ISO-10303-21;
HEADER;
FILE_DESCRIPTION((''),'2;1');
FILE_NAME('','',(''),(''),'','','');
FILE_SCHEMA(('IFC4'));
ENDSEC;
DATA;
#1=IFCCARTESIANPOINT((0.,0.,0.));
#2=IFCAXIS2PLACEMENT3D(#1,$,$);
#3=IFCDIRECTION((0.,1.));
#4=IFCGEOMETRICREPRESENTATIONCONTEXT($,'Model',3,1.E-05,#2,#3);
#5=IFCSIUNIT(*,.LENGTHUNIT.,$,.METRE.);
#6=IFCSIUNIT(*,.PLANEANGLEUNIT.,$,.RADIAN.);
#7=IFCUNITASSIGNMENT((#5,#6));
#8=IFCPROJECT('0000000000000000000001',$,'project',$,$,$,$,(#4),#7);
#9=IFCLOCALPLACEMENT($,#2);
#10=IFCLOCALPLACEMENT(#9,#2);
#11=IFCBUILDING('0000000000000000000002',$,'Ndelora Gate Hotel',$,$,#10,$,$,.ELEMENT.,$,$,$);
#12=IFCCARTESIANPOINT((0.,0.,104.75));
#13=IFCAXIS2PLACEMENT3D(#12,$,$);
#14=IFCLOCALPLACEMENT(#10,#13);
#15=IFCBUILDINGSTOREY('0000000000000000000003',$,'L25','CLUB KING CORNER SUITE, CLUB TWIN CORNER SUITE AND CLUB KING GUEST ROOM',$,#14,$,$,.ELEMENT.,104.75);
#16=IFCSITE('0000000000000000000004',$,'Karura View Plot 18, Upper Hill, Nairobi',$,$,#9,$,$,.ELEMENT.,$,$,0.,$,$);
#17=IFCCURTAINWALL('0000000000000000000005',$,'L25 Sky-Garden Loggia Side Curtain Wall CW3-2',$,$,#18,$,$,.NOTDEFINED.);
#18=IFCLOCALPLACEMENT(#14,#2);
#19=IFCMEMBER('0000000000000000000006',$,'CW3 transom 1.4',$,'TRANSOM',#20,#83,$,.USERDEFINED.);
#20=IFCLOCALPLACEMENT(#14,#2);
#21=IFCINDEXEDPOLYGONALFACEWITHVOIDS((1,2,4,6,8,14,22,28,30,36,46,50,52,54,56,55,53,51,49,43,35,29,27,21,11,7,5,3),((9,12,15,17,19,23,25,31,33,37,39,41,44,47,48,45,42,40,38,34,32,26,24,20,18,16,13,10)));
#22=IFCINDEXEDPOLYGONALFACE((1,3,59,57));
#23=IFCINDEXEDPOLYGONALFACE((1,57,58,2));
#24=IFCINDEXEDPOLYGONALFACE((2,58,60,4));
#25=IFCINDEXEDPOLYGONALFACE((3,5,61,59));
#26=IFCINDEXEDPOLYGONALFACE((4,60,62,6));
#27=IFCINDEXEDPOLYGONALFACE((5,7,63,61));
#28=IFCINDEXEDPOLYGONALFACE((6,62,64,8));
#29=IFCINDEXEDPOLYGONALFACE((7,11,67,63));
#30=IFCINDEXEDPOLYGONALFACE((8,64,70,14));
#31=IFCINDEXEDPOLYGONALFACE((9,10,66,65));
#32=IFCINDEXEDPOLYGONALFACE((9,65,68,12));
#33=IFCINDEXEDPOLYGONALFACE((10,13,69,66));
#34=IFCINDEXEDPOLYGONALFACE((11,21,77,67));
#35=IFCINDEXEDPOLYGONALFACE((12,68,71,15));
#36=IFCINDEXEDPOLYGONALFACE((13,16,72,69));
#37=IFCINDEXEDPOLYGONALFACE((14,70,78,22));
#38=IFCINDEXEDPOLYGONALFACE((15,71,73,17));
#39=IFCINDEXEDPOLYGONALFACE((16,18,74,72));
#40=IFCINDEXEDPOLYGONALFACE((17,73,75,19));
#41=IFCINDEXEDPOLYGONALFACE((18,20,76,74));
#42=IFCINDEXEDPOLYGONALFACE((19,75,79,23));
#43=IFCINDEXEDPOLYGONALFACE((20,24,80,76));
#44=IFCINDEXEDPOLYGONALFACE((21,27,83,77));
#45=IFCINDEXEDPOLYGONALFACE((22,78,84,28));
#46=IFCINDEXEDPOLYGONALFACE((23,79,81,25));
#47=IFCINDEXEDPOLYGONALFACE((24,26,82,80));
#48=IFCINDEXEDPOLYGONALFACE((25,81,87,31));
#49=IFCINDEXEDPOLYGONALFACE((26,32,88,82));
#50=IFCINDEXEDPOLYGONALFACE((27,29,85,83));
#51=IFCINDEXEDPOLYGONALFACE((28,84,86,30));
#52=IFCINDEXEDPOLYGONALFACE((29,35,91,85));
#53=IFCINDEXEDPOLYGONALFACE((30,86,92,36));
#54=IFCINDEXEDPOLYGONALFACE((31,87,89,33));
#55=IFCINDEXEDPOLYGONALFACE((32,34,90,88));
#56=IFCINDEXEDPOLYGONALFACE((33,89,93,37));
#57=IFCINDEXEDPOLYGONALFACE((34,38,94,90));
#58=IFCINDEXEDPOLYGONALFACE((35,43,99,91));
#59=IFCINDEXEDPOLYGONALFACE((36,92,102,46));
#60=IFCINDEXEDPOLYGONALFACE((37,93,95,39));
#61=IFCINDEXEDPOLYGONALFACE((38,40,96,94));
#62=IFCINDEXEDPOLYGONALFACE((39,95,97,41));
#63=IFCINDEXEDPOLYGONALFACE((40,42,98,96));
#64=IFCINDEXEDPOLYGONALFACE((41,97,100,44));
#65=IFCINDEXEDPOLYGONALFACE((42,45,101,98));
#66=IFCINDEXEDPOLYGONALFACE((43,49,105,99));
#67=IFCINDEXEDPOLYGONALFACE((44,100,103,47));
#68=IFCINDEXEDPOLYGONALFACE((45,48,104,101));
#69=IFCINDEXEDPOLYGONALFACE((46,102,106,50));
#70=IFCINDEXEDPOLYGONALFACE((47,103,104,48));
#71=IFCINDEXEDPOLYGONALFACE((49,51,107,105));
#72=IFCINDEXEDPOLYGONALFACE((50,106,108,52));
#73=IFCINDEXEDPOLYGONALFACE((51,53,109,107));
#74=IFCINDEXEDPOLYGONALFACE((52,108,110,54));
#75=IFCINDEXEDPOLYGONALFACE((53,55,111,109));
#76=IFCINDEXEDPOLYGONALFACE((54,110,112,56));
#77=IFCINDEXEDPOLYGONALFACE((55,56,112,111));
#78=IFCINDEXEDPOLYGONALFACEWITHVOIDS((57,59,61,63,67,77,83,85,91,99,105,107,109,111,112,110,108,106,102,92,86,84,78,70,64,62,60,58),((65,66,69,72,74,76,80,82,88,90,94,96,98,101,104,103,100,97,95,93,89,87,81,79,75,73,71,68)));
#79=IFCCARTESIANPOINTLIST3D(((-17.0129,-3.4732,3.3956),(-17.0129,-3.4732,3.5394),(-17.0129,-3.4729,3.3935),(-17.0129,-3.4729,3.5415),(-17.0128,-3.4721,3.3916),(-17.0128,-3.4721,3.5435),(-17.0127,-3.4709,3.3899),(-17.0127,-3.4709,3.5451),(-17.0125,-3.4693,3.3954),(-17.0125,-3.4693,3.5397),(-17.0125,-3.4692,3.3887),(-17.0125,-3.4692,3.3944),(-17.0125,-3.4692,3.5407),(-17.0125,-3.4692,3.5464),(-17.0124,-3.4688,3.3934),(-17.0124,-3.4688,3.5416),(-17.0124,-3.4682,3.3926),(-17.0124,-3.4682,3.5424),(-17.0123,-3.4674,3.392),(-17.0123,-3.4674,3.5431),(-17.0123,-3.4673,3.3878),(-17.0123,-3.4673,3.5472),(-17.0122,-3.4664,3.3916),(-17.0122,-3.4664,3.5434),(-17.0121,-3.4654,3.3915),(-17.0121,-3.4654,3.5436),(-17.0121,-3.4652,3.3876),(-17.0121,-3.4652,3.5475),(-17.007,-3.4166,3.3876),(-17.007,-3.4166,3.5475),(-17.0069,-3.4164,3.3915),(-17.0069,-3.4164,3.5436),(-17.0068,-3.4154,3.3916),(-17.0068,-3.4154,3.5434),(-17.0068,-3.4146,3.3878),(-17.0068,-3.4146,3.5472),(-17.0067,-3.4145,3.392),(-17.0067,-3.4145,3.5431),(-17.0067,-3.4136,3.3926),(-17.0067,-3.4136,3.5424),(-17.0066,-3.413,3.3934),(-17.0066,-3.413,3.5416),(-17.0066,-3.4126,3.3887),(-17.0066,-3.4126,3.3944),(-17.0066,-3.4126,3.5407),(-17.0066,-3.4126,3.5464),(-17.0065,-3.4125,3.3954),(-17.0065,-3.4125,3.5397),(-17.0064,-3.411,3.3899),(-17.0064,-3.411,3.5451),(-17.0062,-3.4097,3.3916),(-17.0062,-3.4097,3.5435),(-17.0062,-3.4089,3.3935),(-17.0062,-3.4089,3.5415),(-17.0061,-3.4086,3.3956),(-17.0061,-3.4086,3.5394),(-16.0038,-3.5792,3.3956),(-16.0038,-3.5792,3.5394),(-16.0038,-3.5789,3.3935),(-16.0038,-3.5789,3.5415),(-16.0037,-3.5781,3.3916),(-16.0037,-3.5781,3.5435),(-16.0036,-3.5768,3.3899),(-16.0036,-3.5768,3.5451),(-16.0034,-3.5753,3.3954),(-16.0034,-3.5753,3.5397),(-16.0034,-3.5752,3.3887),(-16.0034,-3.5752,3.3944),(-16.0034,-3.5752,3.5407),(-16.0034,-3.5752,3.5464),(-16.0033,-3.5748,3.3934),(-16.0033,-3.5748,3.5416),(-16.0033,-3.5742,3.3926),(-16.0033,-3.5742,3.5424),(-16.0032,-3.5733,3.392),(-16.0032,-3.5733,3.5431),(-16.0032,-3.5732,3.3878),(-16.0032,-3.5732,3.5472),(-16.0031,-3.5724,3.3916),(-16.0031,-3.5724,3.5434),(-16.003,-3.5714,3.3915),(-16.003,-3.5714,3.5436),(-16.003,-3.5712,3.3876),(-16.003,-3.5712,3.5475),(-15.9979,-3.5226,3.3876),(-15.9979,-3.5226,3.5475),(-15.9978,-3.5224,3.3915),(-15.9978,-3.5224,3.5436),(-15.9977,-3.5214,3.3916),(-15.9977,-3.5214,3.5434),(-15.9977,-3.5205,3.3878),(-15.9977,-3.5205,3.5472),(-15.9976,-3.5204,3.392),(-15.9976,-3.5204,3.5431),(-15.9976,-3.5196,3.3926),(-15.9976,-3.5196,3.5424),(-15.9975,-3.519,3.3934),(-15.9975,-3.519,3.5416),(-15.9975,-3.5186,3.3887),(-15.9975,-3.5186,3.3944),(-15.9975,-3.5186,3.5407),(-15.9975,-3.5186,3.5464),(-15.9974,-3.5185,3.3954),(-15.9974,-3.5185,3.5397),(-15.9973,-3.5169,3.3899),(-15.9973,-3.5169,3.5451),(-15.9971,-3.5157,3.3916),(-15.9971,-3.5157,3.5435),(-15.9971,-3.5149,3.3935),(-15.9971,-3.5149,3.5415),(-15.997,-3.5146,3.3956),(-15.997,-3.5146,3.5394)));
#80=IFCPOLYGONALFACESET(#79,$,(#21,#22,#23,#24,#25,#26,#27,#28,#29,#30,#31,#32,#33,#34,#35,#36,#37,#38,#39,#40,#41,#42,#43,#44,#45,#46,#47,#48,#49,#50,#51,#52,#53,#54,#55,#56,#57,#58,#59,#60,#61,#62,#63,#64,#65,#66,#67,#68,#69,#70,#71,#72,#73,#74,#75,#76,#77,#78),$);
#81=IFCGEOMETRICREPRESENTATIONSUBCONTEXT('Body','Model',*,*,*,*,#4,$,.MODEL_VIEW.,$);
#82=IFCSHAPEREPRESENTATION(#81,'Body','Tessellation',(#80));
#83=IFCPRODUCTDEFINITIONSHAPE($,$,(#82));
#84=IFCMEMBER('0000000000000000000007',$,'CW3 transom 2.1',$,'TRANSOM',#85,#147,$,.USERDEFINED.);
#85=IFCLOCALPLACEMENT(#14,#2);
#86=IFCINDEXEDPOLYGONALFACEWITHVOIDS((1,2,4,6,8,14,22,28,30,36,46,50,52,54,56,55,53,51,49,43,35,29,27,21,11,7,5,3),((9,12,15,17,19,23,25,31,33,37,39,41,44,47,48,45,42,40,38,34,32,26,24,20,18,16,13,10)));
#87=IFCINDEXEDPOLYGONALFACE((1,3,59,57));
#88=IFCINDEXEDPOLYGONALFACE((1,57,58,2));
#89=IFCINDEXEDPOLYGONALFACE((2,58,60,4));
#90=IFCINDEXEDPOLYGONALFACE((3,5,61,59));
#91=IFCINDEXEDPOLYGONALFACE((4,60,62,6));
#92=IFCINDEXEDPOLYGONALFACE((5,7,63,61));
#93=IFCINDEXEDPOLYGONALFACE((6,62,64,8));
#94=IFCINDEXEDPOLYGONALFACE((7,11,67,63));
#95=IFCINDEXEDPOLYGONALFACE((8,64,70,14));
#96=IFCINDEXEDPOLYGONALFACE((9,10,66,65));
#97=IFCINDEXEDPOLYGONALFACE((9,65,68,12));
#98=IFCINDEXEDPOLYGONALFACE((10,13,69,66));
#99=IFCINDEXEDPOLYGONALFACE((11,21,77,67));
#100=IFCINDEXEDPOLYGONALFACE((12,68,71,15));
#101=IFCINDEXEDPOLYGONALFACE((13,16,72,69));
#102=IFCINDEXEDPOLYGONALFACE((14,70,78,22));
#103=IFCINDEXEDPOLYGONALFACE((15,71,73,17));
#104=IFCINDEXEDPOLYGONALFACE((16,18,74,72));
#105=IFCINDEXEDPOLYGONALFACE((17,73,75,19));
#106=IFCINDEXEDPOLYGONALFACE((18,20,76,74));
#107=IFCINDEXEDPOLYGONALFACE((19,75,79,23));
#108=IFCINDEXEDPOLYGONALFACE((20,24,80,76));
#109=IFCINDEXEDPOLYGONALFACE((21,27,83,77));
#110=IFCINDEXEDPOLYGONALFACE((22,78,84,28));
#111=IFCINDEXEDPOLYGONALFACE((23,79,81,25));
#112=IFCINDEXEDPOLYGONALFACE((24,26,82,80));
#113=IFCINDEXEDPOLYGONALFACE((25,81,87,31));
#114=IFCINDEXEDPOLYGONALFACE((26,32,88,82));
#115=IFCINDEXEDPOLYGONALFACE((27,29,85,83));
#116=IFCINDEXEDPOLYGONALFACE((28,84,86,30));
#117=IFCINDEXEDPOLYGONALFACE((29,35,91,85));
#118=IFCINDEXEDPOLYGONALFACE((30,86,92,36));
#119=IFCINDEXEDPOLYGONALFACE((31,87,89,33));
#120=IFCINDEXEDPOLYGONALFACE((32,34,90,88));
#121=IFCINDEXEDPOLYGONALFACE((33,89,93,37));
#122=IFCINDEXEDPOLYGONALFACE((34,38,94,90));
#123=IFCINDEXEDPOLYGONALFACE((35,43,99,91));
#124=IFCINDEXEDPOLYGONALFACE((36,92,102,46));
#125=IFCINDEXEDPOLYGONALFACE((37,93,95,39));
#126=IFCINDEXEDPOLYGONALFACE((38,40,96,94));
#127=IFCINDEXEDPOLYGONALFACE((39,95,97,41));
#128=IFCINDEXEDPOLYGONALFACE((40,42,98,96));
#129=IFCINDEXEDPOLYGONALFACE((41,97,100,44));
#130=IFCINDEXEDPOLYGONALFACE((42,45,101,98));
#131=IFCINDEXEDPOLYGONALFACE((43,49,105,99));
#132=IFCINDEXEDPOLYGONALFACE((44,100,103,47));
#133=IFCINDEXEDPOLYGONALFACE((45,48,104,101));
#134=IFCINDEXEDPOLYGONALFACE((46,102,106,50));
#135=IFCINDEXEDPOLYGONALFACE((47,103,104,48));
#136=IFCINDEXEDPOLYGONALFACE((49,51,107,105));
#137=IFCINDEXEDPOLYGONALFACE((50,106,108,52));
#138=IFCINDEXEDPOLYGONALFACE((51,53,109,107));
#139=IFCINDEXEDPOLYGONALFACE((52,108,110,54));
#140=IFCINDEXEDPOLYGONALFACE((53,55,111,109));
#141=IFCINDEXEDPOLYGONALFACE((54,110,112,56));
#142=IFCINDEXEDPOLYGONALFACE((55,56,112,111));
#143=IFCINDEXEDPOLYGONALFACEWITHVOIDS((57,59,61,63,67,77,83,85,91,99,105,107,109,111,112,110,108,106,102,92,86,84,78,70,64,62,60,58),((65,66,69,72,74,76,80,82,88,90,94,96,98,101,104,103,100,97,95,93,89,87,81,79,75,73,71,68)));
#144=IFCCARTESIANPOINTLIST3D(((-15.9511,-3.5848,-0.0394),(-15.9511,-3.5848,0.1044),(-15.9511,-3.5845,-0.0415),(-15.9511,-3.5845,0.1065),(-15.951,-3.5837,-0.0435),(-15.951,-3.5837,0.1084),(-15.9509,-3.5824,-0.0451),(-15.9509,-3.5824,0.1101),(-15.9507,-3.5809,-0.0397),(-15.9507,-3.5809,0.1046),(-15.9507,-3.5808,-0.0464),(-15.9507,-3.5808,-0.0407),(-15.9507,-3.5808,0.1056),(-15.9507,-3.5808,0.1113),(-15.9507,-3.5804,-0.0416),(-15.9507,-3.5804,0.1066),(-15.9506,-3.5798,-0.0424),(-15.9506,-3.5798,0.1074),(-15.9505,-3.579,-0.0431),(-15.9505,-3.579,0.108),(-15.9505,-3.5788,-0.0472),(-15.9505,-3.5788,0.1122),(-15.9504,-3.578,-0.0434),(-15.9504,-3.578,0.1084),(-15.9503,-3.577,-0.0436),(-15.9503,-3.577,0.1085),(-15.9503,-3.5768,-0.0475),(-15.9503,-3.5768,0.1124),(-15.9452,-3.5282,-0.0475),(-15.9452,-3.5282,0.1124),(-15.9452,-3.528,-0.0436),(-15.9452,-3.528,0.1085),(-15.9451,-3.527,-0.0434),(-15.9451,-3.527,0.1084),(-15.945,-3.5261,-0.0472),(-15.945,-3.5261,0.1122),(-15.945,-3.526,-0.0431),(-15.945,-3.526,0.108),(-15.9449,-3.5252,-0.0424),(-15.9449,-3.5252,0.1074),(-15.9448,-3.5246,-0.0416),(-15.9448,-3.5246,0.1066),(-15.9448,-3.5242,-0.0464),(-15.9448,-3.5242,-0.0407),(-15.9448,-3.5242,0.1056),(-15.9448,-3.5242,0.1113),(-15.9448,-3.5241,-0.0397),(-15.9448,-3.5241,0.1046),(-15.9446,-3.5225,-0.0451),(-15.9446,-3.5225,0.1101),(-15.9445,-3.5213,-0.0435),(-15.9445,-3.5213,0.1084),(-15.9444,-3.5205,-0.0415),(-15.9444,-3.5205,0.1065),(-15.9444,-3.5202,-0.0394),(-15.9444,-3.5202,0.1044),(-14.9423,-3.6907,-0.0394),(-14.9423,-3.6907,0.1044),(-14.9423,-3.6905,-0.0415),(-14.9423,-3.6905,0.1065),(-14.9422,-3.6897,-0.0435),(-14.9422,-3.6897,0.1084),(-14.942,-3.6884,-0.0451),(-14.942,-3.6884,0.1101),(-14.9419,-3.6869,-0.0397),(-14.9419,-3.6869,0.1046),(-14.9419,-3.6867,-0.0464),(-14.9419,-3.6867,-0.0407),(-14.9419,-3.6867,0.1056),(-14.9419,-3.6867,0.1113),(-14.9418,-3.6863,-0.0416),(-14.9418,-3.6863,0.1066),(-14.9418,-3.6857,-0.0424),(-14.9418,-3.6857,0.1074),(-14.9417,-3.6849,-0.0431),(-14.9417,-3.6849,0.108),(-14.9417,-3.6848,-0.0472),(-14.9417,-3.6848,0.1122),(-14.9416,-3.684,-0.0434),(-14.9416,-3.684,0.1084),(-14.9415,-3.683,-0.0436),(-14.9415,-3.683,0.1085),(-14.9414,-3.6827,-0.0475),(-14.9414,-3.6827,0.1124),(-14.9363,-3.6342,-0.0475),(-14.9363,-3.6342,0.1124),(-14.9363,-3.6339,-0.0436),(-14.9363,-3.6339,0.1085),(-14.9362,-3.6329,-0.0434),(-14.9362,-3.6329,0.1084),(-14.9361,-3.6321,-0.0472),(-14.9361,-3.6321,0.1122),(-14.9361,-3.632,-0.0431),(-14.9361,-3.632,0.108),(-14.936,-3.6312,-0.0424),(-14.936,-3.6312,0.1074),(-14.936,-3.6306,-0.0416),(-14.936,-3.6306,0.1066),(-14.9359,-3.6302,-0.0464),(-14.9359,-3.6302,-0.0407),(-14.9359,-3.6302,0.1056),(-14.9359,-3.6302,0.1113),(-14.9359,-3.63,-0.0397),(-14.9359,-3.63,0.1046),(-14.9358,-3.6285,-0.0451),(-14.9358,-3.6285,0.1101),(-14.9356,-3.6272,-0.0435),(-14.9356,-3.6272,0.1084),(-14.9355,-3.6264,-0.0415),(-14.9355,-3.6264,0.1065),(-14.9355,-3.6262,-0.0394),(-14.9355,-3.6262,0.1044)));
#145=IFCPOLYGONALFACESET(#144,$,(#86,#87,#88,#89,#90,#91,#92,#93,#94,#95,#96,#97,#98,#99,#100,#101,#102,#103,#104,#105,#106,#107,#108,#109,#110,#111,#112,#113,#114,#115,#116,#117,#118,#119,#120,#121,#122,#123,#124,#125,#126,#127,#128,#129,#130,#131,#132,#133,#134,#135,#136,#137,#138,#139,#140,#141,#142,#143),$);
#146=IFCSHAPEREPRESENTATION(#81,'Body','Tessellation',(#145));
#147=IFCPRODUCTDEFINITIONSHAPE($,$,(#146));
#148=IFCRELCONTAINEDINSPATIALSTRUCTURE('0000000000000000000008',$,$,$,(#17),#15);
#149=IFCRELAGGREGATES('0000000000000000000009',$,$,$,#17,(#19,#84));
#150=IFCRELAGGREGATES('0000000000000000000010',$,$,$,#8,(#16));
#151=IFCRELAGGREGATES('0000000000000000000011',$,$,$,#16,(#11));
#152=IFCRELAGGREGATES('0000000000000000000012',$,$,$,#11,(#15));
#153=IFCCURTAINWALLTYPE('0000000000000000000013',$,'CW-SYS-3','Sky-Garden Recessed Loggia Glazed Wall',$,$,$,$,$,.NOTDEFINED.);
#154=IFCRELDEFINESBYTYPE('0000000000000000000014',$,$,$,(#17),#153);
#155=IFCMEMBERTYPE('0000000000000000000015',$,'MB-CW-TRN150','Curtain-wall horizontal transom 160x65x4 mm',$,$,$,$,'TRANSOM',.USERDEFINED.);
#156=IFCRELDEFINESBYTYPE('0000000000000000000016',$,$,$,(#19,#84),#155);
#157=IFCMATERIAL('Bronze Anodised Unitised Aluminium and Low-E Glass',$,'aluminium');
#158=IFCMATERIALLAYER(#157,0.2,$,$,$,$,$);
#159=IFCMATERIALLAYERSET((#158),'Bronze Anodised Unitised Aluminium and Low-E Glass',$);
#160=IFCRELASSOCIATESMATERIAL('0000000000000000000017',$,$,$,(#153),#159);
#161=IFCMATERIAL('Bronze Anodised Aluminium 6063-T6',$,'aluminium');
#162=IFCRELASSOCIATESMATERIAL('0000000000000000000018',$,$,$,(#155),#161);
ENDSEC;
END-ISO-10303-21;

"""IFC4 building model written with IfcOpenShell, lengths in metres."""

from ifc_helpers import new_model, si_unit, direction, frame, origin, origin_2d, place, context, subcontext, project, spatial, hollow_rectangle, extrude, material, layer, layer_set, material_profile, profile_set, type_object, element, aggregate, save


model = new_model("IFC4")

# Units and contexts
model_context = context("Model", 3, precision=1e-05, world=origin(), true_north=direction((0.0, 1.0)))
body_context = subcontext(model_context, "Body", "Model", "MODEL_VIEW")
ifc_project = project(units=[si_unit("LENGTHUNIT", "METRE"), si_unit("PLANEANGLEUNIT", "RADIAN")], contexts=[model_context])

# Site, building, storey
site_placement = place(None, origin())
site = spatial("IfcSite", under=ifc_project, at=site_placement, Name="Karura View Plot 18, Upper Hill, Nairobi", CompositionType="ELEMENT", RefElevation=0.0)
building_placement = place(site_placement, origin())
building = spatial("IfcBuilding", under=site, at=building_placement, Name="Ndelora Gate Hotel", CompositionType="ELEMENT")
storey_placement = place(building_placement, frame((0.0, 0.0, 104.75)))
storey = spatial("IfcBuildingStorey", under=building, at=storey_placement, Name="L25", Description="CLUB KING CORNER SUITE, CLUB TWIN CORNER SUITE AND CLUB KING GUEST ROOM", CompositionType="ELEMENT", Elevation=104.75)

# Curtain wall, members
ifc_material_1 = material(Name="Bronze Anodised Unitised Aluminium and Low-E Glass", Category="aluminium")
ifc_layer_1 = layer(ifc_material_1, 0.2)
ifc_layer_set_1 = layer_set([ifc_layer_1], Name="Bronze Anodised Unitised Aluminium and Low-E Glass")
curtain_wall_type = type_object("IfcCurtainWallType", Name="CW-SYS-3", Description="Sky-Garden Recessed Loggia Glazed Wall", PredefinedType="NOTDEFINED", material=ifc_layer_set_1)
curtain_wall_placement = place(storey_placement, origin())
curtain_wall = element("IfcCurtainWall", 1, at=curtain_wall_placement, inside=storey, type_object=curtain_wall_type, Name="L25 Sky-Garden Loggia Side Curtain Wall CW3-2", PredefinedType="NOTDEFINED")
ifc_material_2 = material(Name="Bronze Anodised Aluminium 6063-T6", Category="aluminium")
ifc_material_profile_1 = material_profile(ifc_material_2, hollow_rectangle(XDim=0.0649, YDim=0.1599, WallThickness=0.0039, InnerFilletRadius=0.0039, OuterFilletRadius=0.0081, at=origin_2d()), Name="ALU 160x65x4")
ifc_profile_set_1 = profile_set([ifc_material_profile_1], Name="Bronze Anodised Aluminium 6063-T6")
member_type_1 = type_object("IfcMemberType", Name="MB-CW-TRN150", Description="Curtain-wall horizontal transom 160x65x4 mm", ElementType="TRANSOM", PredefinedType="USERDEFINED", material=ifc_profile_set_1)
member_1_placement = place(storey_placement, frame((-17.0095, -3.4409, 3.4675), z_axis=(0.994532, -0.104434, 0.0), x_axis=(0.104434, 0.994532, 0.0)))
member_1 = element("IfcMember", 2, at=member_1_placement, type_object=member_type_1, Name="CW3 transom 1.4", ObjectType="TRANSOM", PredefinedType="USERDEFINED", context=body_context, shape_type="SweptSolid", body=[
    extrude(hollow_rectangle(XDim=0.0649, YDim=0.1599, WallThickness=0.0039, InnerFilletRadius=0.0039, OuterFilletRadius=0.0081, at=origin_2d()), origin(), (0.0, 0.0, 1.0), 1.0146),
])
member_2_placement = place(storey_placement, frame((-15.9478, -3.5525, 0.0325), z_axis=(0.994529, -0.104459, 0.0), x_axis=(0.104459, 0.994529, 0.0)))
member_2 = element("IfcMember", 3, at=member_2_placement, type_object=member_type_1, Name="CW3 transom 2.1", ObjectType="TRANSOM", PredefinedType="USERDEFINED", context=body_context, shape_type="SweptSolid", body=[
    extrude(hollow_rectangle(XDim=0.0649, YDim=0.1599, WallThickness=0.0039, InnerFilletRadius=0.0039, OuterFilletRadius=0.0081, at=origin_2d()), origin(), (0.0, 0.0, 1.0), 1.0144),
])
aggregate(curtain_wall, [member_1, member_2])

save(model, "model.ifc")
